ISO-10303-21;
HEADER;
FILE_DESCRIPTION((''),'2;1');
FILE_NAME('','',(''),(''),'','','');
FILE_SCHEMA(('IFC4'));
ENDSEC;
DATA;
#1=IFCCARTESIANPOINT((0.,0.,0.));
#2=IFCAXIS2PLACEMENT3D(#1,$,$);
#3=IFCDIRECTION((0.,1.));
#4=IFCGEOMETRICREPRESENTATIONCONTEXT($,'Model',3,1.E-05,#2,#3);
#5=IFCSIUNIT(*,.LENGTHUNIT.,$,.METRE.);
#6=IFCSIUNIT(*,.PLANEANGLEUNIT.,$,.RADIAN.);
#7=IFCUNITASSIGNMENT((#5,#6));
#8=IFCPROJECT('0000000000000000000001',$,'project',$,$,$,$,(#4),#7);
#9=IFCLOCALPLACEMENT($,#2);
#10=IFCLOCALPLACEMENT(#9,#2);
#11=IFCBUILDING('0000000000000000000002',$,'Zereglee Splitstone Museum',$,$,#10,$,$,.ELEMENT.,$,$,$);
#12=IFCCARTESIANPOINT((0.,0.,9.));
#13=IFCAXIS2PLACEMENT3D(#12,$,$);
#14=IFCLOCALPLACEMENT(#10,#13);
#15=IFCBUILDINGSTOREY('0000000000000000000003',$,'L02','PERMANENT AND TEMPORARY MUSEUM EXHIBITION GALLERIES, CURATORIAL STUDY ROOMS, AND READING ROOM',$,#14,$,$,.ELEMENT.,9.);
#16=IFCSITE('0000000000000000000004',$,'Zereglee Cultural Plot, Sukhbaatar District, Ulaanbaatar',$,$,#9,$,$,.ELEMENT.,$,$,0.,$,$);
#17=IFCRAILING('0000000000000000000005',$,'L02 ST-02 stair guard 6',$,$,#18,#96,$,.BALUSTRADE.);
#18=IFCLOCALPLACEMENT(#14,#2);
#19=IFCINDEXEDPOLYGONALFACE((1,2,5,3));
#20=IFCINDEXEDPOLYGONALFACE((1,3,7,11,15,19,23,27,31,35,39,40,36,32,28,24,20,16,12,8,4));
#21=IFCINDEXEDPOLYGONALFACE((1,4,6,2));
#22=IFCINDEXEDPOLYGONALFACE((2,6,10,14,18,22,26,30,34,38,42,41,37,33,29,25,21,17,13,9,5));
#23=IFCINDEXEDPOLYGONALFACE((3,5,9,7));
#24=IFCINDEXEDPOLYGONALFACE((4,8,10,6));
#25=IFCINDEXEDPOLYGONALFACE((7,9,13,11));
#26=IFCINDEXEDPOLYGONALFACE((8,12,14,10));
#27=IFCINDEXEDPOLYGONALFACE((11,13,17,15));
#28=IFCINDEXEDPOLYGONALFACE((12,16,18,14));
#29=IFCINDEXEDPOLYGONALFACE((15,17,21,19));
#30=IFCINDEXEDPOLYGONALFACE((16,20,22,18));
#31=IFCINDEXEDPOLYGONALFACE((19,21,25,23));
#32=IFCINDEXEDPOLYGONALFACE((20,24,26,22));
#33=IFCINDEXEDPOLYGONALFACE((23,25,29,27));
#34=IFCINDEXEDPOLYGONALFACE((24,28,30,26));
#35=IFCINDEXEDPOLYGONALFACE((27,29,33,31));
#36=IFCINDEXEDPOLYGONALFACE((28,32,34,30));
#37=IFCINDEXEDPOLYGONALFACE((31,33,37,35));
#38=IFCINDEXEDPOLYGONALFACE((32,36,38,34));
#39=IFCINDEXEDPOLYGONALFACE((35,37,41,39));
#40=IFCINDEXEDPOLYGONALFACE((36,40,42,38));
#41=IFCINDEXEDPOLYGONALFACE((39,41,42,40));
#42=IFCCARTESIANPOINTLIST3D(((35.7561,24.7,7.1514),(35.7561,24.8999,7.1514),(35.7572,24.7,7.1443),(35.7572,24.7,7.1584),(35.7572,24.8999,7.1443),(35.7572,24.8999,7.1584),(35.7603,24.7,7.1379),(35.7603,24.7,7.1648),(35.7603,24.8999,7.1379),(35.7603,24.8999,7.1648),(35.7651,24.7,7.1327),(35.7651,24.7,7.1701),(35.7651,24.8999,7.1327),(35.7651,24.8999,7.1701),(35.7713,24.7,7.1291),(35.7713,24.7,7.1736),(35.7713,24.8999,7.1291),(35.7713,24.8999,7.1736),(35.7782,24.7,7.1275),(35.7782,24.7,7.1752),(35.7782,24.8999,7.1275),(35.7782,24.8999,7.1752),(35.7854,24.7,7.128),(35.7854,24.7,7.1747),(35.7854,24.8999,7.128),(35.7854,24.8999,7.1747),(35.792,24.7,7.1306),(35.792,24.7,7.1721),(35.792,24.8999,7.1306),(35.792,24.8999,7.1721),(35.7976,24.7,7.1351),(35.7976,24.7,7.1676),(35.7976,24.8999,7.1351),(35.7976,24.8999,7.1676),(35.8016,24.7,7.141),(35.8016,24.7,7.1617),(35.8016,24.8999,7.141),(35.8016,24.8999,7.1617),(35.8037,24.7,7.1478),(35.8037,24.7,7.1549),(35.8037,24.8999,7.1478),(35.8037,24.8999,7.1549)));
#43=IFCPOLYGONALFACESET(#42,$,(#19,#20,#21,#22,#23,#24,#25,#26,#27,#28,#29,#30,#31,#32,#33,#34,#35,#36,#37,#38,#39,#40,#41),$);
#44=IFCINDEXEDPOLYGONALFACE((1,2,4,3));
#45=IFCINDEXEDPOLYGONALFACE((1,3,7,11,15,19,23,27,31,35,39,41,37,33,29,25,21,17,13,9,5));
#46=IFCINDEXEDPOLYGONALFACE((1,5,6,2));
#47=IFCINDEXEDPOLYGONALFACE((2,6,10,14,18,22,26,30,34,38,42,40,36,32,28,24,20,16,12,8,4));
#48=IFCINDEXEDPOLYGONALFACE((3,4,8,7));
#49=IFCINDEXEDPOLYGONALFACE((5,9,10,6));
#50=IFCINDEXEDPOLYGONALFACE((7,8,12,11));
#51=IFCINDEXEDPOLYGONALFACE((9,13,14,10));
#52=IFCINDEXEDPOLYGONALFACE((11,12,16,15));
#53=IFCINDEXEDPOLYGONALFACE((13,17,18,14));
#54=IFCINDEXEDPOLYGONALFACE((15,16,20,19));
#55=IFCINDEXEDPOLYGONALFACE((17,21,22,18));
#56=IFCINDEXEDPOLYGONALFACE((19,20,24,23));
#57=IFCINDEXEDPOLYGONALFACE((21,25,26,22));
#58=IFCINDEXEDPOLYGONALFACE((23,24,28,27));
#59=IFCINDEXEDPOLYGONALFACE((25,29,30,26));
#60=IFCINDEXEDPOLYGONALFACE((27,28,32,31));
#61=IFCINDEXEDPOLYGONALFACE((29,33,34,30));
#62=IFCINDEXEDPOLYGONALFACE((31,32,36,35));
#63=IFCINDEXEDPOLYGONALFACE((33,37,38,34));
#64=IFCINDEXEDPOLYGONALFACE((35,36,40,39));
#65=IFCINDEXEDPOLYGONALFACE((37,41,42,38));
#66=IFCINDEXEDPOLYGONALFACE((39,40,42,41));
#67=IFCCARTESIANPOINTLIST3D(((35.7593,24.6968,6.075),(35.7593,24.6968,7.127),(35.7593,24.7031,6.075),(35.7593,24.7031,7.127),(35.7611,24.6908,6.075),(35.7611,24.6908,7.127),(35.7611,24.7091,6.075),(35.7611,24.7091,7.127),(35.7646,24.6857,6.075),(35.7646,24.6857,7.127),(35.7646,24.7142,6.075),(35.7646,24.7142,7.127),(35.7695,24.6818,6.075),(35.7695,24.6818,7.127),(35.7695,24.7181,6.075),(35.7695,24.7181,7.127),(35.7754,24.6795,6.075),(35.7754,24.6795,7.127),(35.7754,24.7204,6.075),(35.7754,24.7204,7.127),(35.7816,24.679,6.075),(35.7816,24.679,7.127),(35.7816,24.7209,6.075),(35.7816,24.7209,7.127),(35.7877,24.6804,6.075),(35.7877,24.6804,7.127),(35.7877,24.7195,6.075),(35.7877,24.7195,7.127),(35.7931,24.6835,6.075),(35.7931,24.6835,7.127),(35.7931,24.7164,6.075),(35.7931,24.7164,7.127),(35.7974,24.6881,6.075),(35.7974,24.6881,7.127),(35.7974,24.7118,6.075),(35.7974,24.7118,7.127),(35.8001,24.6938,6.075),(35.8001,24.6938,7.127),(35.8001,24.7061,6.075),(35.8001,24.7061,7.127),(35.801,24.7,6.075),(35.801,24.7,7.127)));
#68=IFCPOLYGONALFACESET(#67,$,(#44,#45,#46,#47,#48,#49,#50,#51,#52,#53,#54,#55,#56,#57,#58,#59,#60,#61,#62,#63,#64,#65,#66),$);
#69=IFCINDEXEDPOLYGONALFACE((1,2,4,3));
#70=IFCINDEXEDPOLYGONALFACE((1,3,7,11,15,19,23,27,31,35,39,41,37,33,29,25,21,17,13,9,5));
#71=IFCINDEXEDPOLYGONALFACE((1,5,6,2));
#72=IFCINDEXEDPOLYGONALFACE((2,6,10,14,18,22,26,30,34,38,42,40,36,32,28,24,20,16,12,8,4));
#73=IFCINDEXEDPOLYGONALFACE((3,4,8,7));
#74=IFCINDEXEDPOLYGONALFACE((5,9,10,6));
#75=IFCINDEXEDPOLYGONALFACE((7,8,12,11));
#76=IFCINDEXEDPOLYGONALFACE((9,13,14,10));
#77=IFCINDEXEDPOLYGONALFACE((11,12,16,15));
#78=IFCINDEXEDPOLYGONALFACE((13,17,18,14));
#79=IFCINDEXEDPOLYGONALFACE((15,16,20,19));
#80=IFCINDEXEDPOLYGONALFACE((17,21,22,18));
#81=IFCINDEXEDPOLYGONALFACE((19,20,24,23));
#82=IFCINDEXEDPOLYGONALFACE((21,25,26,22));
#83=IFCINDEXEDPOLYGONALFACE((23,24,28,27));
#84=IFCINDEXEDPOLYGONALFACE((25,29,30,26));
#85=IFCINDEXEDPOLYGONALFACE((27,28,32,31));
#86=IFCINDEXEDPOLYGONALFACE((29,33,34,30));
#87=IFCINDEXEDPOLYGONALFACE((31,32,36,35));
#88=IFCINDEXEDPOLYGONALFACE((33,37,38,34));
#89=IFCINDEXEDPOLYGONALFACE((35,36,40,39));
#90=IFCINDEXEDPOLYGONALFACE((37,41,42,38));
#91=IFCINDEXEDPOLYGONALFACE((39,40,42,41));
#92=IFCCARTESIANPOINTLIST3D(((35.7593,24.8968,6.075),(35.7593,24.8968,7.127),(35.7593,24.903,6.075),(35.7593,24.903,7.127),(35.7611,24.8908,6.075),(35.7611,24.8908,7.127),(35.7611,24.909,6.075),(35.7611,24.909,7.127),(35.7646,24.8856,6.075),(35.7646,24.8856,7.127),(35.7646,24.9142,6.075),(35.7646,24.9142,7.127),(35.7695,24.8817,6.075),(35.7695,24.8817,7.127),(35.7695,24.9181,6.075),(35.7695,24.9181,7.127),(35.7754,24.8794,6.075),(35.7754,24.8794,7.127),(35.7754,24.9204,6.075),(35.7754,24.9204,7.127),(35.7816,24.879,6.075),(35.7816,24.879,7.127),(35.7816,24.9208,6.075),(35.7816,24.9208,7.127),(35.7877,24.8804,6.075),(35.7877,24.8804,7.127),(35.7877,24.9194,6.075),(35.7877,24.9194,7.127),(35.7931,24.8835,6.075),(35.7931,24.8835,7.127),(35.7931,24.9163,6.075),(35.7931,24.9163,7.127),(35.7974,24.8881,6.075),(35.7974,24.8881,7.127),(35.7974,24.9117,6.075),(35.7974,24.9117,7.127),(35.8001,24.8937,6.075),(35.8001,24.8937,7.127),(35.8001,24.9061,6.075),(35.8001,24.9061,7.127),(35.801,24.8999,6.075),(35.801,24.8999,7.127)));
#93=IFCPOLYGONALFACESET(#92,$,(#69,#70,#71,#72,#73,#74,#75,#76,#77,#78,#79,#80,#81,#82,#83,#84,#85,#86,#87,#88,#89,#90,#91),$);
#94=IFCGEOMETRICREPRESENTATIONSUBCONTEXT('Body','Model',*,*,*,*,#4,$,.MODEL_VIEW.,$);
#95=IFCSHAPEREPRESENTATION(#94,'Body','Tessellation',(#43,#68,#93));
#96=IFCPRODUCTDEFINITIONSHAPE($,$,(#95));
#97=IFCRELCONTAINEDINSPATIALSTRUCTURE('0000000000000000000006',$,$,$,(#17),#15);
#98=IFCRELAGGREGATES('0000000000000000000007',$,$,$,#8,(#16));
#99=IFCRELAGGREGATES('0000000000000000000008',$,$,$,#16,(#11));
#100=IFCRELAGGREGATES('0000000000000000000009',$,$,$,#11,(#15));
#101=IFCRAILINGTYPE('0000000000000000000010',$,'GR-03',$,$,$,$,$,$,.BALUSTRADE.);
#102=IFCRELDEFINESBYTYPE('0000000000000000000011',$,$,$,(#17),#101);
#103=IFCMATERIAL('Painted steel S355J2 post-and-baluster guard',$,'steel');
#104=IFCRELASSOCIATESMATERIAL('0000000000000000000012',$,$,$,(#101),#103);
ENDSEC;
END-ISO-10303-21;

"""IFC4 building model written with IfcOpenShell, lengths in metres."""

from ifc_helpers import new_model, si_unit, direction, frame, origin, origin_2d, place, context, subcontext, project, spatial, circle, extrude, material, type_object, element, save


model = new_model("IFC4")

# Units and contexts
model_context = context("Model", 3, precision=1e-05, world=origin(), true_north=direction((0.0, 1.0)))
body_context = subcontext(model_context, "Body", "Model", "MODEL_VIEW")
ifc_project = project(units=[si_unit("LENGTHUNIT", "METRE"), si_unit("PLANEANGLEUNIT", "RADIAN")], contexts=[model_context])

# Site, building, storey
site_placement = place(None, origin())
site = spatial("IfcSite", under=ifc_project, at=site_placement, Name="Zereglee Cultural Plot, Sukhbaatar District, Ulaanbaatar", CompositionType="ELEMENT", RefElevation=0.0)
building_placement = place(site_placement, origin())
building = spatial("IfcBuilding", under=site, at=building_placement, Name="Zereglee Splitstone Museum", CompositionType="ELEMENT")
storey_placement = place(building_placement, frame((0.0, 0.0, 9.0)))
storey = spatial("IfcBuildingStorey", under=building, at=storey_placement, Name="L02", Description="PERMANENT AND TEMPORARY MUSEUM EXHIBITION GALLERIES, CURATORIAL STUDY ROOMS, AND READING ROOM", CompositionType="ELEMENT", Elevation=9.0)

# Railing
ifc_material_1 = material(Name="Painted steel S355J2 post-and-baluster guard", Category="steel")
railing_type_1 = type_object("IfcRailingType", Name="GR-03", PredefinedType="BALUSTRADE", material=ifc_material_1)
railing_1_placement = place(storey_placement, frame((35.78, 24.7, 6.075)))
element("IfcRailing", 1, at=railing_1_placement, inside=storey, type_object=railing_type_1, Name="L02 ST-02 stair guard 6", PredefinedType="BALUSTRADE", context=body_context, shape_type="SweptSolid", body=[
    extrude(circle(Radius=0.0239, at=origin_2d()), frame((0.0, 0.0, 1.0764), z_axis=(0.0, 1.0, 0.0), x_axis=(-1.0, 0.0, 0.0)), (0.0, 0.0, 1.0), 0.2),
    extrude(circle(Radius=0.021, at=origin_2d()), origin(), (0.0, 0.0, 1.0), 1.052),
    extrude(circle(Radius=0.021, at=origin_2d()), frame((0.0, 0.2, 0.0)), (0.0, 0.0, 1.0), 1.052),
])

save(model, "model.ifc")
